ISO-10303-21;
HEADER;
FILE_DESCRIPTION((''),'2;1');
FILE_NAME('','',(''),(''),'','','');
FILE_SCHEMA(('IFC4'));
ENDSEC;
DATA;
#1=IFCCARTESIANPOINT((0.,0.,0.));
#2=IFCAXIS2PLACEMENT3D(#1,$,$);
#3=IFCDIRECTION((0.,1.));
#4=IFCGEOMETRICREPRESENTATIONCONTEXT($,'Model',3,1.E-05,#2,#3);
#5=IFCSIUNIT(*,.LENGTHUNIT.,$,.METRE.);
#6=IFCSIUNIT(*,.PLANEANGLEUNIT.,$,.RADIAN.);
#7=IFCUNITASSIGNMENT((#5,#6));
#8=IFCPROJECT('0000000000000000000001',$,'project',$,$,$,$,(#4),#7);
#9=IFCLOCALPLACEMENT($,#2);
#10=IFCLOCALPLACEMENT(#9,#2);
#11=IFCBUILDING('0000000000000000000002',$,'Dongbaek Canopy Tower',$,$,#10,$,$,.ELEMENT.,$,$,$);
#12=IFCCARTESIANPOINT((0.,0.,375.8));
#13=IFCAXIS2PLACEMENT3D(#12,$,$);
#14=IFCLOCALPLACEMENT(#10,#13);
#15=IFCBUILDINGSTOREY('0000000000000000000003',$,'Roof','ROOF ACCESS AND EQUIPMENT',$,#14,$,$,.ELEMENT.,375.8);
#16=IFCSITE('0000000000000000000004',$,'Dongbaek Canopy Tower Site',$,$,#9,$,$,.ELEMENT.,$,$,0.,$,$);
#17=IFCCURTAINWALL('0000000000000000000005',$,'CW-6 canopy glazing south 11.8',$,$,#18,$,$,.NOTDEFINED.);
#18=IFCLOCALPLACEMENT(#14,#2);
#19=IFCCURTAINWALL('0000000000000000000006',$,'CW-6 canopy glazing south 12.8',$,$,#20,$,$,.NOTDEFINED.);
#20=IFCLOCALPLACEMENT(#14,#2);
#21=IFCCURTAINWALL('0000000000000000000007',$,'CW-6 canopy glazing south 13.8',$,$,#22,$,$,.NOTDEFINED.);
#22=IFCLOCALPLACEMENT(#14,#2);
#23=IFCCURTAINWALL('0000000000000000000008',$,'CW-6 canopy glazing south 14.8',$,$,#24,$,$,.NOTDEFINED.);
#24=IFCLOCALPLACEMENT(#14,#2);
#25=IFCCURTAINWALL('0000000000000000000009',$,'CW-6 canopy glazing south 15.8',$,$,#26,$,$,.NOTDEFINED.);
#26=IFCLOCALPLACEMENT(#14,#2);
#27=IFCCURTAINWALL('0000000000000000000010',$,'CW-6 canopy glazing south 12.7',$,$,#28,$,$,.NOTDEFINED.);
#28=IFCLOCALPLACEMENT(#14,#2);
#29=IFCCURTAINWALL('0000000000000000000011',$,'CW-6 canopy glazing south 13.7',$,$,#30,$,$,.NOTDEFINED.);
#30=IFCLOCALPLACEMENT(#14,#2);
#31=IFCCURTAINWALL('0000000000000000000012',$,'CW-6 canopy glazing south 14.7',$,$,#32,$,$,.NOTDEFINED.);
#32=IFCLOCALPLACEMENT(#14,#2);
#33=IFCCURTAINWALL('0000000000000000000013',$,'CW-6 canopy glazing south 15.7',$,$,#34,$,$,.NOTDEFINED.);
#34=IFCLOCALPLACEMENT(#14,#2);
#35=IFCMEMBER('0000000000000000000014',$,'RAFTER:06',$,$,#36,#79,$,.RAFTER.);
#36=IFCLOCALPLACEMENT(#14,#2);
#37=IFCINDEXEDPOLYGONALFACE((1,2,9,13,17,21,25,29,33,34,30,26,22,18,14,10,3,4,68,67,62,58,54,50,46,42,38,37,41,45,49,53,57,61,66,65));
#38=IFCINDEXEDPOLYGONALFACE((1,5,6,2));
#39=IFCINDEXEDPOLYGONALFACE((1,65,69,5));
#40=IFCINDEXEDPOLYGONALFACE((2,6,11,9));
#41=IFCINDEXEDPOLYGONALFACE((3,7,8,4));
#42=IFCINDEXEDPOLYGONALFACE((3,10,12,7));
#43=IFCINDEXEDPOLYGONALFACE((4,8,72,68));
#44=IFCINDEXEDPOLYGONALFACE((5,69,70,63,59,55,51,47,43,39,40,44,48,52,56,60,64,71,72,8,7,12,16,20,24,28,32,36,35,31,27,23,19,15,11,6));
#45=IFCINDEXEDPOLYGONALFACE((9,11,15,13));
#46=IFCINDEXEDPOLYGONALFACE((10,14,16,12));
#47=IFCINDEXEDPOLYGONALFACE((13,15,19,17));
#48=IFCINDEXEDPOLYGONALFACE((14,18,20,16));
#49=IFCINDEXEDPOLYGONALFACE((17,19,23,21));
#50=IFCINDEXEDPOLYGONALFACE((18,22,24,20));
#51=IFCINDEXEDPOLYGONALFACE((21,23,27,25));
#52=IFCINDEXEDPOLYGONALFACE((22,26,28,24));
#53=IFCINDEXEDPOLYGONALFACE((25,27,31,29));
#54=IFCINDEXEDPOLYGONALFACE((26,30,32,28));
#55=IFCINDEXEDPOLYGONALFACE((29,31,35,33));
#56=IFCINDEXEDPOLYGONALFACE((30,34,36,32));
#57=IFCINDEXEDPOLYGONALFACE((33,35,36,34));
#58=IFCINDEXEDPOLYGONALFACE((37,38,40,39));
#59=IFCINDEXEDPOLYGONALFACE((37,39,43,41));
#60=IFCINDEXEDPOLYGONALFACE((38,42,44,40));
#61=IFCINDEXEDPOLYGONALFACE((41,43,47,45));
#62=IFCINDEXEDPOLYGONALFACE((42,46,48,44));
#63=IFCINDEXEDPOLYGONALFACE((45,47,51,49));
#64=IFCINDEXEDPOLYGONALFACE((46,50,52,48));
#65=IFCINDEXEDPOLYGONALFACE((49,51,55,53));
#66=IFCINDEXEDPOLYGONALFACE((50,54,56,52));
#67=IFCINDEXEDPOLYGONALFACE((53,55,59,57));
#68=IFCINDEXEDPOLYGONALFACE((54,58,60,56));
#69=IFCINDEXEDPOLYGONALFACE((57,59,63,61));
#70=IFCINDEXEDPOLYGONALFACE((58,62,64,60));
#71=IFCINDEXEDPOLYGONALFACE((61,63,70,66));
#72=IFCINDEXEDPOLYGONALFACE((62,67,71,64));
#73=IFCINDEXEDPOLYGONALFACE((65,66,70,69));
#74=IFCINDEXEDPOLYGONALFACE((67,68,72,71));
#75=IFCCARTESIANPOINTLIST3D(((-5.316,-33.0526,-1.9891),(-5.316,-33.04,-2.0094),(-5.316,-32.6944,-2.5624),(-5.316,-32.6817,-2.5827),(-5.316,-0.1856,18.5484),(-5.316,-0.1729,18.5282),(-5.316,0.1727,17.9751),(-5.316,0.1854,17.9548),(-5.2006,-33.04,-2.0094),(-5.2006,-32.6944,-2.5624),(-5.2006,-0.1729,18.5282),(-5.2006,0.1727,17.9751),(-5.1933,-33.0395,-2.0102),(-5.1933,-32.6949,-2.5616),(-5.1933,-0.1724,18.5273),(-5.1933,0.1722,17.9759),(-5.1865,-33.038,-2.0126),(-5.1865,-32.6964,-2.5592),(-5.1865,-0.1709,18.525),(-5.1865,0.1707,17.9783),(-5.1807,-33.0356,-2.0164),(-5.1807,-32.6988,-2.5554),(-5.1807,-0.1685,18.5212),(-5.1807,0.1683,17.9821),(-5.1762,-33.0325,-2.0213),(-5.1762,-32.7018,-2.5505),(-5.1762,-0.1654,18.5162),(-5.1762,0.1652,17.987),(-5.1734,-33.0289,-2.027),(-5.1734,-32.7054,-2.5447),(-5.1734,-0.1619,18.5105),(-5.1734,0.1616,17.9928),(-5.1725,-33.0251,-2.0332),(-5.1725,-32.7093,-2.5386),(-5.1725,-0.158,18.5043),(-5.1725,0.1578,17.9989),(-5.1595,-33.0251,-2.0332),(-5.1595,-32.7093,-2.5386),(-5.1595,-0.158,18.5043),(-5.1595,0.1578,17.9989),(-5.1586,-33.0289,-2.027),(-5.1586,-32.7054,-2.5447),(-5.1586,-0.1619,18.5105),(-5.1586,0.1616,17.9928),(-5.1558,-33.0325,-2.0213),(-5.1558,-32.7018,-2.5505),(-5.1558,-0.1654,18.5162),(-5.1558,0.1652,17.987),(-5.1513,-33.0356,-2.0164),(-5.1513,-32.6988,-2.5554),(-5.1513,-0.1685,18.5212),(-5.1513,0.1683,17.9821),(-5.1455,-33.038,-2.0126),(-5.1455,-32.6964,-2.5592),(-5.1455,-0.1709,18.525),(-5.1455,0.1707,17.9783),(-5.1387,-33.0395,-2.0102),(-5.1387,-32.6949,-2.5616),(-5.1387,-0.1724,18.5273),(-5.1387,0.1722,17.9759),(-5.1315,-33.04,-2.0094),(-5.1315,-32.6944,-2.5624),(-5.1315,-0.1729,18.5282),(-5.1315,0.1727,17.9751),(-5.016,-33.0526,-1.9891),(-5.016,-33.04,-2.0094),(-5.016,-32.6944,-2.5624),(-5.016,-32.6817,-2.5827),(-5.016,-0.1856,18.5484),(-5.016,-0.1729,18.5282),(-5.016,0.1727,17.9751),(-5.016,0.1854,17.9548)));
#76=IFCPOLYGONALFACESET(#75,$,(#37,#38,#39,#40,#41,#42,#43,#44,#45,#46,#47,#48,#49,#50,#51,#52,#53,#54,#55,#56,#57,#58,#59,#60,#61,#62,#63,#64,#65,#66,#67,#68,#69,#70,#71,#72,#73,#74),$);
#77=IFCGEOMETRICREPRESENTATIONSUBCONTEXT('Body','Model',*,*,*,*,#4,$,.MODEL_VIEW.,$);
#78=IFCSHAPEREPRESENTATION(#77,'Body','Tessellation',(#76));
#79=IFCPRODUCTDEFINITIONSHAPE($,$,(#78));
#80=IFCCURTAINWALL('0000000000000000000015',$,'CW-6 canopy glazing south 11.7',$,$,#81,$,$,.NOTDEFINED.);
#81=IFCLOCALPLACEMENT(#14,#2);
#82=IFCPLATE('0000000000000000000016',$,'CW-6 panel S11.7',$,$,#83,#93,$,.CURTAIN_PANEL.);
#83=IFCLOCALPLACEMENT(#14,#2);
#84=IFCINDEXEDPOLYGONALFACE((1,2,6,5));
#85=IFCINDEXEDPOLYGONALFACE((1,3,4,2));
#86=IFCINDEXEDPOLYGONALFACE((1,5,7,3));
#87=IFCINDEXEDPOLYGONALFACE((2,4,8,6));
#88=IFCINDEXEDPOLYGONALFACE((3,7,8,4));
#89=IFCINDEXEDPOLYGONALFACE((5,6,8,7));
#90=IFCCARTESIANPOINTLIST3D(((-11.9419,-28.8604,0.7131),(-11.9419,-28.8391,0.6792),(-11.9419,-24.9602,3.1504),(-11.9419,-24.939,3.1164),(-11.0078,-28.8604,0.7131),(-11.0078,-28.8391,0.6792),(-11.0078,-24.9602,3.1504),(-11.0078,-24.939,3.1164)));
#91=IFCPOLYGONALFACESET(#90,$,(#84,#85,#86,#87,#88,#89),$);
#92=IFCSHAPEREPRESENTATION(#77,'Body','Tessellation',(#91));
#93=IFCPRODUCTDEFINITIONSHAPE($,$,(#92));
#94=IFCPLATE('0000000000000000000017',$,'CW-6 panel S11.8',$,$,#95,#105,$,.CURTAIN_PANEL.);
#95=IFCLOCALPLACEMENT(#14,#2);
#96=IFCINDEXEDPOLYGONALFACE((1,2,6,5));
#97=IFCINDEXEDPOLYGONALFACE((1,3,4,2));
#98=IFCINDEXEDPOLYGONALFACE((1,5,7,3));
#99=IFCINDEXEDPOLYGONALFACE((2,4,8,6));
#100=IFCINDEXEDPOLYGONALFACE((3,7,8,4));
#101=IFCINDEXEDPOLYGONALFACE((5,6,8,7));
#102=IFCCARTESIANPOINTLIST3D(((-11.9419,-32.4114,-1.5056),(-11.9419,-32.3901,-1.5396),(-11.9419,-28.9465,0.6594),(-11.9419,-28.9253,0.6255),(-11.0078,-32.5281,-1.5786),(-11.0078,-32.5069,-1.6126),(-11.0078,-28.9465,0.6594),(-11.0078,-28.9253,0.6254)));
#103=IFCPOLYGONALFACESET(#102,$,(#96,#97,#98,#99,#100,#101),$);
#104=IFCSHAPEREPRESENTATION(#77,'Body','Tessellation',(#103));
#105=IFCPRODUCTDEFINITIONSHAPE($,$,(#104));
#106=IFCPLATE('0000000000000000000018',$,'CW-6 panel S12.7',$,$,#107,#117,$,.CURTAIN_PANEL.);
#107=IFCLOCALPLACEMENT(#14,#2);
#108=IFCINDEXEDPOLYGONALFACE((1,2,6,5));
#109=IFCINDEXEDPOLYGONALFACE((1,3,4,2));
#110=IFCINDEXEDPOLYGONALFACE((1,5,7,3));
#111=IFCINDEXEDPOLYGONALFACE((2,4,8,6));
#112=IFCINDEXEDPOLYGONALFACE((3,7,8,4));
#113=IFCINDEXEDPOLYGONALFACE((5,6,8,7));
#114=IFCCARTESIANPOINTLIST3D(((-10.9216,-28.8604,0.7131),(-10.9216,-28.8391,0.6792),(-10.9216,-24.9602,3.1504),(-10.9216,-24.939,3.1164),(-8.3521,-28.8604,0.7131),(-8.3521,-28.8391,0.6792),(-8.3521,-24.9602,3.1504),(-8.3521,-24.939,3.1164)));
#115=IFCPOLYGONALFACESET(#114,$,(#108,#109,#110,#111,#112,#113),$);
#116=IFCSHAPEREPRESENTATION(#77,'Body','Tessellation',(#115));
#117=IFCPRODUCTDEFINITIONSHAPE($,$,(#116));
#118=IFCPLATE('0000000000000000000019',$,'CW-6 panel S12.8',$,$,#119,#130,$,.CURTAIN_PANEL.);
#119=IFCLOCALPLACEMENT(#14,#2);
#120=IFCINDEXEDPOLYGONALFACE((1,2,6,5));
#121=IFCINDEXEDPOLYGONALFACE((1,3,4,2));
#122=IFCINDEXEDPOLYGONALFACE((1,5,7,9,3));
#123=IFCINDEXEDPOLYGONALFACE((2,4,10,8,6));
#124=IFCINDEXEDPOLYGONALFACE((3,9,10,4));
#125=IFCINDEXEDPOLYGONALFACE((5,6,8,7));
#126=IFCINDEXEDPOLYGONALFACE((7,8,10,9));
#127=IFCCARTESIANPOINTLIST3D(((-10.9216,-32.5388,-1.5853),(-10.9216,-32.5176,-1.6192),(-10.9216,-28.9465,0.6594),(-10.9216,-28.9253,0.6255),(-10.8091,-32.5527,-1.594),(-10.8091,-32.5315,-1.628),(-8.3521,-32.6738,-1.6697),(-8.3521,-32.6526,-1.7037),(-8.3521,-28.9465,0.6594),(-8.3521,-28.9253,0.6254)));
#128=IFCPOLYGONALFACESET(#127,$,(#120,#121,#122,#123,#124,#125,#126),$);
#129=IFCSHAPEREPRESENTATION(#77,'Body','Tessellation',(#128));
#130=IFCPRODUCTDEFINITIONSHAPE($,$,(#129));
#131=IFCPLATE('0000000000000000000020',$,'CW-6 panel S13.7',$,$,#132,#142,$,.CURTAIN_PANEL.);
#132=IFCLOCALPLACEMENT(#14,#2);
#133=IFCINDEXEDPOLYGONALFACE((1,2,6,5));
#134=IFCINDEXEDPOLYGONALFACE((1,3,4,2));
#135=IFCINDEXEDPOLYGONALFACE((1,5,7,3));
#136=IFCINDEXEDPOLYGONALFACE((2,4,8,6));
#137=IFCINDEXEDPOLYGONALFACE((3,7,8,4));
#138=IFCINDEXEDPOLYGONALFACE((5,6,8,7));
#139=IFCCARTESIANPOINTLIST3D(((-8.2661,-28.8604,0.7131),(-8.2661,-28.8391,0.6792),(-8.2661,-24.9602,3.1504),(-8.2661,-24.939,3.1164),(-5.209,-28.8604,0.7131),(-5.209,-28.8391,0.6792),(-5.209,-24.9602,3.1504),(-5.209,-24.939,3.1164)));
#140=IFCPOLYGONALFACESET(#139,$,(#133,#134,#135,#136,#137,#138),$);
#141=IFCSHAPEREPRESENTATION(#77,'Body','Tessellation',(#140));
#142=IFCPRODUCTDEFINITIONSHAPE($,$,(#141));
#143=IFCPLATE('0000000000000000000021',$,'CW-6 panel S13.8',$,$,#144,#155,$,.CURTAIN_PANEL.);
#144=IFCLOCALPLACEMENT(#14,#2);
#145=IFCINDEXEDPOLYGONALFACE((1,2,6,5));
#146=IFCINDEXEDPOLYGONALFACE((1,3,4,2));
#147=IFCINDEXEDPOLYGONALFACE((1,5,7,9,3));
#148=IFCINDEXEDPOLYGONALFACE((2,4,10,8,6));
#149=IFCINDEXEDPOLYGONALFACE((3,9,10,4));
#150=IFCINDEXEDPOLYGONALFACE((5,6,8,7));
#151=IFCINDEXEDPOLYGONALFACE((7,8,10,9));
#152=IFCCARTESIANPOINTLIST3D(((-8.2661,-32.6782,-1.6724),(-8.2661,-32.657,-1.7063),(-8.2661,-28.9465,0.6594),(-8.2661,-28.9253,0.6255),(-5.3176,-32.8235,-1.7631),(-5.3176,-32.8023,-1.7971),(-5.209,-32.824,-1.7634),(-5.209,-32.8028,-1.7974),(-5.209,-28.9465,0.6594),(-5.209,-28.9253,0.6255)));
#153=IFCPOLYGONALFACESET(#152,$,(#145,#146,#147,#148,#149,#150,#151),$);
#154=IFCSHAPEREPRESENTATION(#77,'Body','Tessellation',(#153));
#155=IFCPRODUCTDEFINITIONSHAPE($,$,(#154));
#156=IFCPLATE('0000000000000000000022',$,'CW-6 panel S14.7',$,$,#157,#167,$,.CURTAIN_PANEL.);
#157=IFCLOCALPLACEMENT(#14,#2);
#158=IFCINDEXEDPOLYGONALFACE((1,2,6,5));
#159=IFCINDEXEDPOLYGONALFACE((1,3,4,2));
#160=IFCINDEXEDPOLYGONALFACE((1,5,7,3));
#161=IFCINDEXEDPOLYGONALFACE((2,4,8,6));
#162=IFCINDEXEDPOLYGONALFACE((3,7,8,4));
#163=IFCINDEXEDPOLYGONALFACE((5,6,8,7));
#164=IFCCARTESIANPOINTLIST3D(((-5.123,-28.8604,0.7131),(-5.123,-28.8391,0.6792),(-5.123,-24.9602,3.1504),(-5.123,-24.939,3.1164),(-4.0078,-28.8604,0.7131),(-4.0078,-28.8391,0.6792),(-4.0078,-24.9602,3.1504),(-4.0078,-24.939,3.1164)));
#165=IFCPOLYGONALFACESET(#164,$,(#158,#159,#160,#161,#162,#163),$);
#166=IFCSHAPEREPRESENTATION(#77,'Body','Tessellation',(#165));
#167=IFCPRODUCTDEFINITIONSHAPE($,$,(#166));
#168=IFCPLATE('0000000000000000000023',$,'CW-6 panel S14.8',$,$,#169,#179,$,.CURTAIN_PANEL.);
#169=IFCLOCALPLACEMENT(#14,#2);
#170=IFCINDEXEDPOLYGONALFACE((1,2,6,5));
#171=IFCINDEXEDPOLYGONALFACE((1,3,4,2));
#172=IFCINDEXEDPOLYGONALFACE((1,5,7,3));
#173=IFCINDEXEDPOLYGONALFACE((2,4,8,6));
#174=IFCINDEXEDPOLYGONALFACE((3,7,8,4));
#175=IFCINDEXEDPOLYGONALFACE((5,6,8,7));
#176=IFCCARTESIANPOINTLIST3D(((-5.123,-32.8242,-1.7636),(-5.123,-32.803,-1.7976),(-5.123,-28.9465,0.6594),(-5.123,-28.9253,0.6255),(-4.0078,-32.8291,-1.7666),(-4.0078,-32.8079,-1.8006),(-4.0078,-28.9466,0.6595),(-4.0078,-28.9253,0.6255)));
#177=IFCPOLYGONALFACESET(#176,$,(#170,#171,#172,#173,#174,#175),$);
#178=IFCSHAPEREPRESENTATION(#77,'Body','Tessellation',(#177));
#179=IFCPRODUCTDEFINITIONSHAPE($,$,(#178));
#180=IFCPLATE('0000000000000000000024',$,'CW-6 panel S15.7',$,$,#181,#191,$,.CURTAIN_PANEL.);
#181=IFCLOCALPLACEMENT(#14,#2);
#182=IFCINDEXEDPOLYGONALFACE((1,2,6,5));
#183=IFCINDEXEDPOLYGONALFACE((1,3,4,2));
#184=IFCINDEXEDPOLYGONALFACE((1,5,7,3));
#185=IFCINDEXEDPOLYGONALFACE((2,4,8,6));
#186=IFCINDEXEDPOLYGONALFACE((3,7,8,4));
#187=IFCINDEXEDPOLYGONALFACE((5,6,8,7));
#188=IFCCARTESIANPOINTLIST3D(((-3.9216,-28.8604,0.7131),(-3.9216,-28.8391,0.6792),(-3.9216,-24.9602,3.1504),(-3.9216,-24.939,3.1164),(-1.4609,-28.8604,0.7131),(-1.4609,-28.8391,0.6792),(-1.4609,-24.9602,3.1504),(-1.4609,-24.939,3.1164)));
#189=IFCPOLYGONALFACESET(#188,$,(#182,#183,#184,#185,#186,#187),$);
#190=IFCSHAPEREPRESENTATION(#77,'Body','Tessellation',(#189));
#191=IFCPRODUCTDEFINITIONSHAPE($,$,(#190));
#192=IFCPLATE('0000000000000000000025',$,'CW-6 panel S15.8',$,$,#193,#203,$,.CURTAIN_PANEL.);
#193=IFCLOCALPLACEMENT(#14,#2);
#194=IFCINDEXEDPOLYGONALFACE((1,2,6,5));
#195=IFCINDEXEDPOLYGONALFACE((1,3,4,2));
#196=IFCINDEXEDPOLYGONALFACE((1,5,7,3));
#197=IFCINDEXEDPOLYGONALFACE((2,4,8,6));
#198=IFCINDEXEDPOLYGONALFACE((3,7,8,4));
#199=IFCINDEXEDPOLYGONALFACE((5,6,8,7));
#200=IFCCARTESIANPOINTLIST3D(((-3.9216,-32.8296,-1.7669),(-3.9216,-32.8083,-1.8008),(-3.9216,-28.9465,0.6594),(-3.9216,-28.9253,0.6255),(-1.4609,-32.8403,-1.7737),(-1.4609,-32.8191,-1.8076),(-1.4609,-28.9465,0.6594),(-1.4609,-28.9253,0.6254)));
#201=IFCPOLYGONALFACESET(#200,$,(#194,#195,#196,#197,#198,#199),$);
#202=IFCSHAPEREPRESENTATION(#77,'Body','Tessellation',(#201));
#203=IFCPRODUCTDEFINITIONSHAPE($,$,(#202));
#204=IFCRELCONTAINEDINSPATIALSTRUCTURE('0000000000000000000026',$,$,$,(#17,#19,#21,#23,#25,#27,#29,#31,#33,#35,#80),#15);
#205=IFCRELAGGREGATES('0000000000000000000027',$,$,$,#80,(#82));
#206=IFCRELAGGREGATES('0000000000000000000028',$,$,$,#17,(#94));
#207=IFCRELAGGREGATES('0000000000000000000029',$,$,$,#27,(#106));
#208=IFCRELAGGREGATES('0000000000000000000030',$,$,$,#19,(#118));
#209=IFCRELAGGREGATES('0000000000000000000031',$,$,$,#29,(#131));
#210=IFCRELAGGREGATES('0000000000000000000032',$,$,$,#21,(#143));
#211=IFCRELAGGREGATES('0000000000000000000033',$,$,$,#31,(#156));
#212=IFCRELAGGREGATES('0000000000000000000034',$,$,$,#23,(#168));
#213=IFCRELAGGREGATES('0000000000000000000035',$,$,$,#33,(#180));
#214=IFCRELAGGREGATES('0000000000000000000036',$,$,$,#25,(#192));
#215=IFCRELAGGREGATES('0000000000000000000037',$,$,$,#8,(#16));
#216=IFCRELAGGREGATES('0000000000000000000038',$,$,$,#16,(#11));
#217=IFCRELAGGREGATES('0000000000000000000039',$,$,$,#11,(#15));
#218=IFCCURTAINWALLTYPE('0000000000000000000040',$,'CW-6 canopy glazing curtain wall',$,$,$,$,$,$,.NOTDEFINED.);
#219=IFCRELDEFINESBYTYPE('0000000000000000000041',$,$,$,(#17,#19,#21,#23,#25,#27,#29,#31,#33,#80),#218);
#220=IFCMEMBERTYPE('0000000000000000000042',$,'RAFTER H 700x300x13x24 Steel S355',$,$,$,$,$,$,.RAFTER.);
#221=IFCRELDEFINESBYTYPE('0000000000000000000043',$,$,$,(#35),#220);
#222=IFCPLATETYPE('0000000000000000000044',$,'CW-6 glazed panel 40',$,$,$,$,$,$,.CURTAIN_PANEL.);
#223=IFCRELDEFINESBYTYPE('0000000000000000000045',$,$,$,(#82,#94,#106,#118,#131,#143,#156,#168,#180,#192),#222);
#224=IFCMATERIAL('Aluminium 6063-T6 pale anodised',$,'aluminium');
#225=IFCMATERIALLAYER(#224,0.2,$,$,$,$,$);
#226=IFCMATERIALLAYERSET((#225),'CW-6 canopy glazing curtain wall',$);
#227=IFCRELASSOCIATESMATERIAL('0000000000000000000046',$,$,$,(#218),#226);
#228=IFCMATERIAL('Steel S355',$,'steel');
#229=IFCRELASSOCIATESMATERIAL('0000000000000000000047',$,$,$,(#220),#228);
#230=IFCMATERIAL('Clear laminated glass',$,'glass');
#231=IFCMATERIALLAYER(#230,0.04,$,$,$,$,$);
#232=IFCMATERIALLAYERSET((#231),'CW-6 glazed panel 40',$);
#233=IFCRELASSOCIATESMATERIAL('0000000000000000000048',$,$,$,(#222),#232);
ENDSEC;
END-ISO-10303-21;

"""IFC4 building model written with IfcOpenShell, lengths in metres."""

from ifc_helpers import new_model, si_unit, direction, frame, origin, origin_2d, place, context, subcontext, project, spatial, polyline, i_section, outline, extrude, material, layer, layer_set, material_profile, profile_set, type_object, element, aggregate, save


model = new_model("IFC4")

# Units and contexts
model_context = context("Model", 3, precision=1e-05, world=origin(), true_north=direction((0.0, 1.0)))
body_context = subcontext(model_context, "Body", "Model", "MODEL_VIEW")
ifc_project = project(units=[si_unit("LENGTHUNIT", "METRE"), si_unit("PLANEANGLEUNIT", "RADIAN")], contexts=[model_context])

# Site, building, storey
site_placement = place(None, origin())
site = spatial("IfcSite", under=ifc_project, at=site_placement, Name="Dongbaek Canopy Tower Site", CompositionType="ELEMENT", RefElevation=0.0)
building_placement = place(site_placement, origin())
building = spatial("IfcBuilding", under=site, at=building_placement, Name="Dongbaek Canopy Tower", CompositionType="ELEMENT")
storey_placement = place(building_placement, frame((0.0, 0.0, 375.8)))
storey = spatial("IfcBuildingStorey", under=building, at=storey_placement, Name="Roof", Description="ROOF ACCESS AND EQUIPMENT", CompositionType="ELEMENT", Elevation=375.8)

# Curtain walls
ifc_material_1 = material(Name="Aluminium 6063-T6 pale anodised", Category="aluminium")
ifc_layer_1 = layer(ifc_material_1, 0.2)
ifc_layer_set_1 = layer_set([ifc_layer_1], Name="CW-6 canopy glazing curtain wall")
curtain_wall_type = type_object("IfcCurtainWallType", Name="CW-6 canopy glazing curtain wall", PredefinedType="NOTDEFINED", material=ifc_layer_set_1)
curtain_wall_1_placement = place(storey_placement, origin())
curtain_wall_1 = element("IfcCurtainWall", 1, at=curtain_wall_1_placement, inside=storey, type_object=curtain_wall_type, Name="CW-6 canopy glazing south 11.8", PredefinedType="NOTDEFINED")
curtain_wall_2_placement = place(storey_placement, origin())
curtain_wall_2 = element("IfcCurtainWall", 2, at=curtain_wall_2_placement, inside=storey, type_object=curtain_wall_type, Name="CW-6 canopy glazing south 12.8", PredefinedType="NOTDEFINED")
curtain_wall_3_placement = place(storey_placement, origin())
curtain_wall_3 = element("IfcCurtainWall", 3, at=curtain_wall_3_placement, inside=storey, type_object=curtain_wall_type, Name="CW-6 canopy glazing south 13.8", PredefinedType="NOTDEFINED")
curtain_wall_4_placement = place(storey_placement, origin())
curtain_wall_4 = element("IfcCurtainWall", 4, at=curtain_wall_4_placement, inside=storey, type_object=curtain_wall_type, Name="CW-6 canopy glazing south 14.8", PredefinedType="NOTDEFINED")
curtain_wall_5_placement = place(storey_placement, origin())
curtain_wall_5 = element("IfcCurtainWall", 5, at=curtain_wall_5_placement, inside=storey, type_object=curtain_wall_type, Name="CW-6 canopy glazing south 15.8", PredefinedType="NOTDEFINED")
curtain_wall_6_placement = place(storey_placement, origin())
curtain_wall_6 = element("IfcCurtainWall", 6, at=curtain_wall_6_placement, inside=storey, type_object=curtain_wall_type, Name="CW-6 canopy glazing south 12.7", PredefinedType="NOTDEFINED")
curtain_wall_7_placement = place(storey_placement, origin())
curtain_wall_7 = element("IfcCurtainWall", 7, at=curtain_wall_7_placement, inside=storey, type_object=curtain_wall_type, Name="CW-6 canopy glazing south 13.7", PredefinedType="NOTDEFINED")
curtain_wall_8_placement = place(storey_placement, origin())
curtain_wall_8 = element("IfcCurtainWall", 8, at=curtain_wall_8_placement, inside=storey, type_object=curtain_wall_type, Name="CW-6 canopy glazing south 14.7", PredefinedType="NOTDEFINED")
curtain_wall_9_placement = place(storey_placement, origin())
curtain_wall_9 = element("IfcCurtainWall", 9, at=curtain_wall_9_placement, inside=storey, type_object=curtain_wall_type, Name="CW-6 canopy glazing south 15.7", PredefinedType="NOTDEFINED")

# Member
ifc_material_2 = material(Name="Steel S355", Category="steel")
ifc_material_profile_1 = material_profile(ifc_material_2, i_section(OverallWidth=0.3, OverallDepth=0.7, WebThickness=0.0129, FlangeThickness=0.0239, FilletRadius=0.0281, at=origin_2d()), Name="RAFTER H 700x300x13x24 Steel S355")
ifc_profile_set_1 = profile_set([ifc_material_profile_1], Name="Steel S355")
member_type_1 = type_object("IfcMemberType", Name="RAFTER H 700x300x13x24 Steel S355", PredefinedType="RAFTER", material=ifc_profile_set_1)
member_1_placement = place(storey_placement, frame((-5.166, -32.8672, -2.2859), z_axis=(0.0, 0.848049, 0.529917), x_axis=(-1.0, 0.0, 0.0)))
element("IfcMember", 10, at=member_1_placement, inside=storey, type_object=member_type_1, Name="RAFTER:06", PredefinedType="RAFTER", context=body_context, shape_type="SweptSolid", body=[
    extrude(i_section(OverallWidth=0.3, OverallDepth=0.7, WebThickness=0.0129, FlangeThickness=0.0239, FilletRadius=0.0281, at=origin_2d()), origin(), (0.0, 0.0, 1.0), 38.7561),
])

# Curtain wall, plate
curtain_wall_10_placement = place(storey_placement, origin())
curtain_wall_10 = element("IfcCurtainWall", 11, at=curtain_wall_10_placement, inside=storey, type_object=curtain_wall_type, Name="CW-6 canopy glazing south 11.7", PredefinedType="NOTDEFINED")
ifc_material_3 = material(Name="Clear laminated glass", Category="glass")
ifc_layer_2 = layer(ifc_material_3, 0.04)
ifc_layer_set_2 = layer_set([ifc_layer_2], Name="CW-6 glazed panel 40")
plate_type = type_object("IfcPlateType", Name="CW-6 glazed panel 40", PredefinedType="CURTAIN_PANEL", material=ifc_layer_set_2)
plate_1_placement = place(storey_placement, frame((-11.9419, -24.9602, 3.1504), z_axis=(0.0, -0.529946, 0.848031), x_axis=(1.0, 0.0, 0.0)))
plate_1 = element("IfcPlate", 12, at=plate_1_placement, type_object=plate_type, Name="CW-6 panel S11.7", PredefinedType="CURTAIN_PANEL", context=body_context, shape_type="SweptSolid", body=[
    extrude(outline(polyline([(0.0, 0.0), (0.9341, 0.0), (0.9341, -4.5991), (0.0, -4.5991), (0.0, 0.0)])), origin(), (0.0, 0.0, -1.0), 0.04),
])
aggregate(curtain_wall_10, [plate_1])

# Plates
plate_2_placement = place(storey_placement, frame((-11.9419, -28.9465, 0.6594), z_axis=(0.000035, -0.52992, 0.848048), x_axis=(1.0, 0.000018, -0.000029)))
plate_2 = element("IfcPlate", 13, at=plate_2_placement, type_object=plate_type, Name="CW-6 panel S11.8", PredefinedType="CURTAIN_PANEL", context=body_context, shape_type="SweptSolid", body=[
    extrude(outline(polyline([(0.0, 0.0), (0.9341, 0.0), (0.9341, -4.2233), (0.0, -4.0857), (0.0, 0.0)])), origin(), (0.0, 0.0, -1.0), 0.04),
])
aggregate(curtain_wall_1, [plate_2])
plate_3_placement = place(storey_placement, frame((-10.9216, -24.9602, 3.1504), z_axis=(0.0, -0.529946, 0.848031), x_axis=(1.0, 0.0, 0.0)))
plate_3 = element("IfcPlate", 14, at=plate_3_placement, type_object=plate_type, Name="CW-6 panel S12.7", PredefinedType="CURTAIN_PANEL", context=body_context, shape_type="SweptSolid", body=[
    extrude(outline(polyline([(0.0, 0.0), (2.5696, 0.0), (2.5696, -4.5991), (0.0, -4.5991), (0.0, 0.0)])), origin(), (0.0, 0.0, -1.0), 0.04),
])
aggregate(curtain_wall_6, [plate_3])
plate_4_placement = place(storey_placement, frame((-10.9216, -28.9465, 0.6594), z_axis=(0.000018, -0.529922, 0.848046), x_axis=(1.0, 0.000009, -0.000015)))
plate_4 = element("IfcPlate", 15, at=plate_4_placement, type_object=plate_type, Name="CW-6 panel S12.8", PredefinedType="CURTAIN_PANEL", context=body_context, shape_type="SweptSolid", body=[
    extrude(outline(polyline([(0.0, 0.0), (2.5696, 0.0), (2.5696, -4.3952), (0.1125, -4.2524), (0.0, -4.2359), (0.0, 0.0)])), origin(), (0.0, 0.0, -1.0), 0.04),
])
aggregate(curtain_wall_2, [plate_4])
plate_5_placement = place(storey_placement, frame((-5.209, -28.8604, 0.7131), z_axis=(0.0, -0.529946, 0.848031), x_axis=(-1.0, 0.0, 0.0)))
plate_5 = element("IfcPlate", 16, at=plate_5_placement, type_object=plate_type, Name="CW-6 panel S13.7", PredefinedType="CURTAIN_PANEL", context=body_context, shape_type="SweptSolid", body=[
    extrude(outline(polyline([(0.0, 0.0), (3.0571, 0.0), (3.0571, -4.5991), (0.0, -4.5991), (0.0, 0.0)])), origin(), (0.0, 0.0, -1.0), 0.04),
])
aggregate(curtain_wall_7, [plate_5])
plate_6_placement = place(storey_placement, frame((-5.209, -32.824, -1.7634), z_axis=(-0.000002, -0.529918, 0.848049), x_axis=(-0.999987, 0.004243, 0.002649)))
plate_6 = element("IfcPlate", 17, at=plate_6_placement, type_object=plate_type, Name="CW-6 panel S13.8", PredefinedType="CURTAIN_PANEL", context=body_context, shape_type="SweptSolid", body=[
    extrude(outline(polyline([(0.0, 0.0), (0.1086, 0.0), (3.058, -0.1566), (3.08, -4.5568), (0.0229, -4.5721), (0.0, 0.0)])), origin(), (0.0, 0.0, -1.0), 0.04),
])
aggregate(curtain_wall_3, [plate_6])
plate_7_placement = place(storey_placement, frame((-4.0078, -28.8604, 0.7131), z_axis=(0.0, -0.529946, 0.848031), x_axis=(-1.0, 0.0, 0.0)))
plate_7 = element("IfcPlate", 18, at=plate_7_placement, type_object=plate_type, Name="CW-6 panel S14.7", PredefinedType="CURTAIN_PANEL", context=body_context, shape_type="SweptSolid", body=[
    extrude(outline(polyline([(0.0, 0.0), (1.1152, 0.0), (1.1152, -4.5991), (0.0, -4.5991), (0.0, 0.0)])), origin(), (0.0, 0.0, -1.0), 0.04),
])
aggregate(curtain_wall_8, [plate_7])
plate_8_placement = place(storey_placement, frame((-4.0078, -32.8291, -1.7666), z_axis=(-0.000046, -0.529917, 0.848049), x_axis=(-0.999987, 0.004354, 0.002666)))
plate_8 = element("IfcPlate", 19, at=plate_8_placement, type_object=plate_type, Name="CW-6 panel S14.8", PredefinedType="CURTAIN_PANEL", context=body_context, shape_type="SweptSolid", body=[
    extrude(outline(polyline([(0.0, 0.0), (1.1152, 0.0), (1.1386, -4.5724), (0.0234, -4.5781), (0.0, 0.0)])), origin(), (0.0, 0.0, -1.0), 0.04),
])
aggregate(curtain_wall_4, [plate_8])
plate_9_placement = place(storey_placement, frame((-1.4609, -28.8604, 0.7131), z_axis=(0.0, -0.529946, 0.848031), x_axis=(-1.0, 0.0, 0.0)))
plate_9 = element("IfcPlate", 20, at=plate_9_placement, type_object=plate_type, Name="CW-6 panel S15.7", PredefinedType="CURTAIN_PANEL", context=body_context, shape_type="SweptSolid", body=[
    extrude(outline(polyline([(0.0, 0.0), (2.4607, 0.0), (2.4607, -4.5991), (0.0, -4.5991), (0.0, 0.0)])), origin(), (0.0, 0.0, -1.0), 0.04),
])
aggregate(curtain_wall_9, [plate_9])
plate_10_placement = place(storey_placement, frame((-1.4609, -32.8403, -1.7737), z_axis=(0.000021, -0.529908, 0.848055), x_axis=(-0.999987, 0.004377, 0.00276)))
plate_10 = element("IfcPlate", 21, at=plate_10_placement, type_object=plate_type, Name="CW-6 panel S15.8", PredefinedType="CURTAIN_PANEL", context=body_context, shape_type="SweptSolid", body=[
    extrude(outline(polyline([(0.0, 0.0), (2.4607, 0.0), (2.4844, -4.5787), (0.0238, -4.5914), (0.0, 0.0)])), origin(), (0.0, 0.0, -1.0), 0.04),
])
aggregate(curtain_wall_5, [plate_10])

save(model, "model.ifc")
